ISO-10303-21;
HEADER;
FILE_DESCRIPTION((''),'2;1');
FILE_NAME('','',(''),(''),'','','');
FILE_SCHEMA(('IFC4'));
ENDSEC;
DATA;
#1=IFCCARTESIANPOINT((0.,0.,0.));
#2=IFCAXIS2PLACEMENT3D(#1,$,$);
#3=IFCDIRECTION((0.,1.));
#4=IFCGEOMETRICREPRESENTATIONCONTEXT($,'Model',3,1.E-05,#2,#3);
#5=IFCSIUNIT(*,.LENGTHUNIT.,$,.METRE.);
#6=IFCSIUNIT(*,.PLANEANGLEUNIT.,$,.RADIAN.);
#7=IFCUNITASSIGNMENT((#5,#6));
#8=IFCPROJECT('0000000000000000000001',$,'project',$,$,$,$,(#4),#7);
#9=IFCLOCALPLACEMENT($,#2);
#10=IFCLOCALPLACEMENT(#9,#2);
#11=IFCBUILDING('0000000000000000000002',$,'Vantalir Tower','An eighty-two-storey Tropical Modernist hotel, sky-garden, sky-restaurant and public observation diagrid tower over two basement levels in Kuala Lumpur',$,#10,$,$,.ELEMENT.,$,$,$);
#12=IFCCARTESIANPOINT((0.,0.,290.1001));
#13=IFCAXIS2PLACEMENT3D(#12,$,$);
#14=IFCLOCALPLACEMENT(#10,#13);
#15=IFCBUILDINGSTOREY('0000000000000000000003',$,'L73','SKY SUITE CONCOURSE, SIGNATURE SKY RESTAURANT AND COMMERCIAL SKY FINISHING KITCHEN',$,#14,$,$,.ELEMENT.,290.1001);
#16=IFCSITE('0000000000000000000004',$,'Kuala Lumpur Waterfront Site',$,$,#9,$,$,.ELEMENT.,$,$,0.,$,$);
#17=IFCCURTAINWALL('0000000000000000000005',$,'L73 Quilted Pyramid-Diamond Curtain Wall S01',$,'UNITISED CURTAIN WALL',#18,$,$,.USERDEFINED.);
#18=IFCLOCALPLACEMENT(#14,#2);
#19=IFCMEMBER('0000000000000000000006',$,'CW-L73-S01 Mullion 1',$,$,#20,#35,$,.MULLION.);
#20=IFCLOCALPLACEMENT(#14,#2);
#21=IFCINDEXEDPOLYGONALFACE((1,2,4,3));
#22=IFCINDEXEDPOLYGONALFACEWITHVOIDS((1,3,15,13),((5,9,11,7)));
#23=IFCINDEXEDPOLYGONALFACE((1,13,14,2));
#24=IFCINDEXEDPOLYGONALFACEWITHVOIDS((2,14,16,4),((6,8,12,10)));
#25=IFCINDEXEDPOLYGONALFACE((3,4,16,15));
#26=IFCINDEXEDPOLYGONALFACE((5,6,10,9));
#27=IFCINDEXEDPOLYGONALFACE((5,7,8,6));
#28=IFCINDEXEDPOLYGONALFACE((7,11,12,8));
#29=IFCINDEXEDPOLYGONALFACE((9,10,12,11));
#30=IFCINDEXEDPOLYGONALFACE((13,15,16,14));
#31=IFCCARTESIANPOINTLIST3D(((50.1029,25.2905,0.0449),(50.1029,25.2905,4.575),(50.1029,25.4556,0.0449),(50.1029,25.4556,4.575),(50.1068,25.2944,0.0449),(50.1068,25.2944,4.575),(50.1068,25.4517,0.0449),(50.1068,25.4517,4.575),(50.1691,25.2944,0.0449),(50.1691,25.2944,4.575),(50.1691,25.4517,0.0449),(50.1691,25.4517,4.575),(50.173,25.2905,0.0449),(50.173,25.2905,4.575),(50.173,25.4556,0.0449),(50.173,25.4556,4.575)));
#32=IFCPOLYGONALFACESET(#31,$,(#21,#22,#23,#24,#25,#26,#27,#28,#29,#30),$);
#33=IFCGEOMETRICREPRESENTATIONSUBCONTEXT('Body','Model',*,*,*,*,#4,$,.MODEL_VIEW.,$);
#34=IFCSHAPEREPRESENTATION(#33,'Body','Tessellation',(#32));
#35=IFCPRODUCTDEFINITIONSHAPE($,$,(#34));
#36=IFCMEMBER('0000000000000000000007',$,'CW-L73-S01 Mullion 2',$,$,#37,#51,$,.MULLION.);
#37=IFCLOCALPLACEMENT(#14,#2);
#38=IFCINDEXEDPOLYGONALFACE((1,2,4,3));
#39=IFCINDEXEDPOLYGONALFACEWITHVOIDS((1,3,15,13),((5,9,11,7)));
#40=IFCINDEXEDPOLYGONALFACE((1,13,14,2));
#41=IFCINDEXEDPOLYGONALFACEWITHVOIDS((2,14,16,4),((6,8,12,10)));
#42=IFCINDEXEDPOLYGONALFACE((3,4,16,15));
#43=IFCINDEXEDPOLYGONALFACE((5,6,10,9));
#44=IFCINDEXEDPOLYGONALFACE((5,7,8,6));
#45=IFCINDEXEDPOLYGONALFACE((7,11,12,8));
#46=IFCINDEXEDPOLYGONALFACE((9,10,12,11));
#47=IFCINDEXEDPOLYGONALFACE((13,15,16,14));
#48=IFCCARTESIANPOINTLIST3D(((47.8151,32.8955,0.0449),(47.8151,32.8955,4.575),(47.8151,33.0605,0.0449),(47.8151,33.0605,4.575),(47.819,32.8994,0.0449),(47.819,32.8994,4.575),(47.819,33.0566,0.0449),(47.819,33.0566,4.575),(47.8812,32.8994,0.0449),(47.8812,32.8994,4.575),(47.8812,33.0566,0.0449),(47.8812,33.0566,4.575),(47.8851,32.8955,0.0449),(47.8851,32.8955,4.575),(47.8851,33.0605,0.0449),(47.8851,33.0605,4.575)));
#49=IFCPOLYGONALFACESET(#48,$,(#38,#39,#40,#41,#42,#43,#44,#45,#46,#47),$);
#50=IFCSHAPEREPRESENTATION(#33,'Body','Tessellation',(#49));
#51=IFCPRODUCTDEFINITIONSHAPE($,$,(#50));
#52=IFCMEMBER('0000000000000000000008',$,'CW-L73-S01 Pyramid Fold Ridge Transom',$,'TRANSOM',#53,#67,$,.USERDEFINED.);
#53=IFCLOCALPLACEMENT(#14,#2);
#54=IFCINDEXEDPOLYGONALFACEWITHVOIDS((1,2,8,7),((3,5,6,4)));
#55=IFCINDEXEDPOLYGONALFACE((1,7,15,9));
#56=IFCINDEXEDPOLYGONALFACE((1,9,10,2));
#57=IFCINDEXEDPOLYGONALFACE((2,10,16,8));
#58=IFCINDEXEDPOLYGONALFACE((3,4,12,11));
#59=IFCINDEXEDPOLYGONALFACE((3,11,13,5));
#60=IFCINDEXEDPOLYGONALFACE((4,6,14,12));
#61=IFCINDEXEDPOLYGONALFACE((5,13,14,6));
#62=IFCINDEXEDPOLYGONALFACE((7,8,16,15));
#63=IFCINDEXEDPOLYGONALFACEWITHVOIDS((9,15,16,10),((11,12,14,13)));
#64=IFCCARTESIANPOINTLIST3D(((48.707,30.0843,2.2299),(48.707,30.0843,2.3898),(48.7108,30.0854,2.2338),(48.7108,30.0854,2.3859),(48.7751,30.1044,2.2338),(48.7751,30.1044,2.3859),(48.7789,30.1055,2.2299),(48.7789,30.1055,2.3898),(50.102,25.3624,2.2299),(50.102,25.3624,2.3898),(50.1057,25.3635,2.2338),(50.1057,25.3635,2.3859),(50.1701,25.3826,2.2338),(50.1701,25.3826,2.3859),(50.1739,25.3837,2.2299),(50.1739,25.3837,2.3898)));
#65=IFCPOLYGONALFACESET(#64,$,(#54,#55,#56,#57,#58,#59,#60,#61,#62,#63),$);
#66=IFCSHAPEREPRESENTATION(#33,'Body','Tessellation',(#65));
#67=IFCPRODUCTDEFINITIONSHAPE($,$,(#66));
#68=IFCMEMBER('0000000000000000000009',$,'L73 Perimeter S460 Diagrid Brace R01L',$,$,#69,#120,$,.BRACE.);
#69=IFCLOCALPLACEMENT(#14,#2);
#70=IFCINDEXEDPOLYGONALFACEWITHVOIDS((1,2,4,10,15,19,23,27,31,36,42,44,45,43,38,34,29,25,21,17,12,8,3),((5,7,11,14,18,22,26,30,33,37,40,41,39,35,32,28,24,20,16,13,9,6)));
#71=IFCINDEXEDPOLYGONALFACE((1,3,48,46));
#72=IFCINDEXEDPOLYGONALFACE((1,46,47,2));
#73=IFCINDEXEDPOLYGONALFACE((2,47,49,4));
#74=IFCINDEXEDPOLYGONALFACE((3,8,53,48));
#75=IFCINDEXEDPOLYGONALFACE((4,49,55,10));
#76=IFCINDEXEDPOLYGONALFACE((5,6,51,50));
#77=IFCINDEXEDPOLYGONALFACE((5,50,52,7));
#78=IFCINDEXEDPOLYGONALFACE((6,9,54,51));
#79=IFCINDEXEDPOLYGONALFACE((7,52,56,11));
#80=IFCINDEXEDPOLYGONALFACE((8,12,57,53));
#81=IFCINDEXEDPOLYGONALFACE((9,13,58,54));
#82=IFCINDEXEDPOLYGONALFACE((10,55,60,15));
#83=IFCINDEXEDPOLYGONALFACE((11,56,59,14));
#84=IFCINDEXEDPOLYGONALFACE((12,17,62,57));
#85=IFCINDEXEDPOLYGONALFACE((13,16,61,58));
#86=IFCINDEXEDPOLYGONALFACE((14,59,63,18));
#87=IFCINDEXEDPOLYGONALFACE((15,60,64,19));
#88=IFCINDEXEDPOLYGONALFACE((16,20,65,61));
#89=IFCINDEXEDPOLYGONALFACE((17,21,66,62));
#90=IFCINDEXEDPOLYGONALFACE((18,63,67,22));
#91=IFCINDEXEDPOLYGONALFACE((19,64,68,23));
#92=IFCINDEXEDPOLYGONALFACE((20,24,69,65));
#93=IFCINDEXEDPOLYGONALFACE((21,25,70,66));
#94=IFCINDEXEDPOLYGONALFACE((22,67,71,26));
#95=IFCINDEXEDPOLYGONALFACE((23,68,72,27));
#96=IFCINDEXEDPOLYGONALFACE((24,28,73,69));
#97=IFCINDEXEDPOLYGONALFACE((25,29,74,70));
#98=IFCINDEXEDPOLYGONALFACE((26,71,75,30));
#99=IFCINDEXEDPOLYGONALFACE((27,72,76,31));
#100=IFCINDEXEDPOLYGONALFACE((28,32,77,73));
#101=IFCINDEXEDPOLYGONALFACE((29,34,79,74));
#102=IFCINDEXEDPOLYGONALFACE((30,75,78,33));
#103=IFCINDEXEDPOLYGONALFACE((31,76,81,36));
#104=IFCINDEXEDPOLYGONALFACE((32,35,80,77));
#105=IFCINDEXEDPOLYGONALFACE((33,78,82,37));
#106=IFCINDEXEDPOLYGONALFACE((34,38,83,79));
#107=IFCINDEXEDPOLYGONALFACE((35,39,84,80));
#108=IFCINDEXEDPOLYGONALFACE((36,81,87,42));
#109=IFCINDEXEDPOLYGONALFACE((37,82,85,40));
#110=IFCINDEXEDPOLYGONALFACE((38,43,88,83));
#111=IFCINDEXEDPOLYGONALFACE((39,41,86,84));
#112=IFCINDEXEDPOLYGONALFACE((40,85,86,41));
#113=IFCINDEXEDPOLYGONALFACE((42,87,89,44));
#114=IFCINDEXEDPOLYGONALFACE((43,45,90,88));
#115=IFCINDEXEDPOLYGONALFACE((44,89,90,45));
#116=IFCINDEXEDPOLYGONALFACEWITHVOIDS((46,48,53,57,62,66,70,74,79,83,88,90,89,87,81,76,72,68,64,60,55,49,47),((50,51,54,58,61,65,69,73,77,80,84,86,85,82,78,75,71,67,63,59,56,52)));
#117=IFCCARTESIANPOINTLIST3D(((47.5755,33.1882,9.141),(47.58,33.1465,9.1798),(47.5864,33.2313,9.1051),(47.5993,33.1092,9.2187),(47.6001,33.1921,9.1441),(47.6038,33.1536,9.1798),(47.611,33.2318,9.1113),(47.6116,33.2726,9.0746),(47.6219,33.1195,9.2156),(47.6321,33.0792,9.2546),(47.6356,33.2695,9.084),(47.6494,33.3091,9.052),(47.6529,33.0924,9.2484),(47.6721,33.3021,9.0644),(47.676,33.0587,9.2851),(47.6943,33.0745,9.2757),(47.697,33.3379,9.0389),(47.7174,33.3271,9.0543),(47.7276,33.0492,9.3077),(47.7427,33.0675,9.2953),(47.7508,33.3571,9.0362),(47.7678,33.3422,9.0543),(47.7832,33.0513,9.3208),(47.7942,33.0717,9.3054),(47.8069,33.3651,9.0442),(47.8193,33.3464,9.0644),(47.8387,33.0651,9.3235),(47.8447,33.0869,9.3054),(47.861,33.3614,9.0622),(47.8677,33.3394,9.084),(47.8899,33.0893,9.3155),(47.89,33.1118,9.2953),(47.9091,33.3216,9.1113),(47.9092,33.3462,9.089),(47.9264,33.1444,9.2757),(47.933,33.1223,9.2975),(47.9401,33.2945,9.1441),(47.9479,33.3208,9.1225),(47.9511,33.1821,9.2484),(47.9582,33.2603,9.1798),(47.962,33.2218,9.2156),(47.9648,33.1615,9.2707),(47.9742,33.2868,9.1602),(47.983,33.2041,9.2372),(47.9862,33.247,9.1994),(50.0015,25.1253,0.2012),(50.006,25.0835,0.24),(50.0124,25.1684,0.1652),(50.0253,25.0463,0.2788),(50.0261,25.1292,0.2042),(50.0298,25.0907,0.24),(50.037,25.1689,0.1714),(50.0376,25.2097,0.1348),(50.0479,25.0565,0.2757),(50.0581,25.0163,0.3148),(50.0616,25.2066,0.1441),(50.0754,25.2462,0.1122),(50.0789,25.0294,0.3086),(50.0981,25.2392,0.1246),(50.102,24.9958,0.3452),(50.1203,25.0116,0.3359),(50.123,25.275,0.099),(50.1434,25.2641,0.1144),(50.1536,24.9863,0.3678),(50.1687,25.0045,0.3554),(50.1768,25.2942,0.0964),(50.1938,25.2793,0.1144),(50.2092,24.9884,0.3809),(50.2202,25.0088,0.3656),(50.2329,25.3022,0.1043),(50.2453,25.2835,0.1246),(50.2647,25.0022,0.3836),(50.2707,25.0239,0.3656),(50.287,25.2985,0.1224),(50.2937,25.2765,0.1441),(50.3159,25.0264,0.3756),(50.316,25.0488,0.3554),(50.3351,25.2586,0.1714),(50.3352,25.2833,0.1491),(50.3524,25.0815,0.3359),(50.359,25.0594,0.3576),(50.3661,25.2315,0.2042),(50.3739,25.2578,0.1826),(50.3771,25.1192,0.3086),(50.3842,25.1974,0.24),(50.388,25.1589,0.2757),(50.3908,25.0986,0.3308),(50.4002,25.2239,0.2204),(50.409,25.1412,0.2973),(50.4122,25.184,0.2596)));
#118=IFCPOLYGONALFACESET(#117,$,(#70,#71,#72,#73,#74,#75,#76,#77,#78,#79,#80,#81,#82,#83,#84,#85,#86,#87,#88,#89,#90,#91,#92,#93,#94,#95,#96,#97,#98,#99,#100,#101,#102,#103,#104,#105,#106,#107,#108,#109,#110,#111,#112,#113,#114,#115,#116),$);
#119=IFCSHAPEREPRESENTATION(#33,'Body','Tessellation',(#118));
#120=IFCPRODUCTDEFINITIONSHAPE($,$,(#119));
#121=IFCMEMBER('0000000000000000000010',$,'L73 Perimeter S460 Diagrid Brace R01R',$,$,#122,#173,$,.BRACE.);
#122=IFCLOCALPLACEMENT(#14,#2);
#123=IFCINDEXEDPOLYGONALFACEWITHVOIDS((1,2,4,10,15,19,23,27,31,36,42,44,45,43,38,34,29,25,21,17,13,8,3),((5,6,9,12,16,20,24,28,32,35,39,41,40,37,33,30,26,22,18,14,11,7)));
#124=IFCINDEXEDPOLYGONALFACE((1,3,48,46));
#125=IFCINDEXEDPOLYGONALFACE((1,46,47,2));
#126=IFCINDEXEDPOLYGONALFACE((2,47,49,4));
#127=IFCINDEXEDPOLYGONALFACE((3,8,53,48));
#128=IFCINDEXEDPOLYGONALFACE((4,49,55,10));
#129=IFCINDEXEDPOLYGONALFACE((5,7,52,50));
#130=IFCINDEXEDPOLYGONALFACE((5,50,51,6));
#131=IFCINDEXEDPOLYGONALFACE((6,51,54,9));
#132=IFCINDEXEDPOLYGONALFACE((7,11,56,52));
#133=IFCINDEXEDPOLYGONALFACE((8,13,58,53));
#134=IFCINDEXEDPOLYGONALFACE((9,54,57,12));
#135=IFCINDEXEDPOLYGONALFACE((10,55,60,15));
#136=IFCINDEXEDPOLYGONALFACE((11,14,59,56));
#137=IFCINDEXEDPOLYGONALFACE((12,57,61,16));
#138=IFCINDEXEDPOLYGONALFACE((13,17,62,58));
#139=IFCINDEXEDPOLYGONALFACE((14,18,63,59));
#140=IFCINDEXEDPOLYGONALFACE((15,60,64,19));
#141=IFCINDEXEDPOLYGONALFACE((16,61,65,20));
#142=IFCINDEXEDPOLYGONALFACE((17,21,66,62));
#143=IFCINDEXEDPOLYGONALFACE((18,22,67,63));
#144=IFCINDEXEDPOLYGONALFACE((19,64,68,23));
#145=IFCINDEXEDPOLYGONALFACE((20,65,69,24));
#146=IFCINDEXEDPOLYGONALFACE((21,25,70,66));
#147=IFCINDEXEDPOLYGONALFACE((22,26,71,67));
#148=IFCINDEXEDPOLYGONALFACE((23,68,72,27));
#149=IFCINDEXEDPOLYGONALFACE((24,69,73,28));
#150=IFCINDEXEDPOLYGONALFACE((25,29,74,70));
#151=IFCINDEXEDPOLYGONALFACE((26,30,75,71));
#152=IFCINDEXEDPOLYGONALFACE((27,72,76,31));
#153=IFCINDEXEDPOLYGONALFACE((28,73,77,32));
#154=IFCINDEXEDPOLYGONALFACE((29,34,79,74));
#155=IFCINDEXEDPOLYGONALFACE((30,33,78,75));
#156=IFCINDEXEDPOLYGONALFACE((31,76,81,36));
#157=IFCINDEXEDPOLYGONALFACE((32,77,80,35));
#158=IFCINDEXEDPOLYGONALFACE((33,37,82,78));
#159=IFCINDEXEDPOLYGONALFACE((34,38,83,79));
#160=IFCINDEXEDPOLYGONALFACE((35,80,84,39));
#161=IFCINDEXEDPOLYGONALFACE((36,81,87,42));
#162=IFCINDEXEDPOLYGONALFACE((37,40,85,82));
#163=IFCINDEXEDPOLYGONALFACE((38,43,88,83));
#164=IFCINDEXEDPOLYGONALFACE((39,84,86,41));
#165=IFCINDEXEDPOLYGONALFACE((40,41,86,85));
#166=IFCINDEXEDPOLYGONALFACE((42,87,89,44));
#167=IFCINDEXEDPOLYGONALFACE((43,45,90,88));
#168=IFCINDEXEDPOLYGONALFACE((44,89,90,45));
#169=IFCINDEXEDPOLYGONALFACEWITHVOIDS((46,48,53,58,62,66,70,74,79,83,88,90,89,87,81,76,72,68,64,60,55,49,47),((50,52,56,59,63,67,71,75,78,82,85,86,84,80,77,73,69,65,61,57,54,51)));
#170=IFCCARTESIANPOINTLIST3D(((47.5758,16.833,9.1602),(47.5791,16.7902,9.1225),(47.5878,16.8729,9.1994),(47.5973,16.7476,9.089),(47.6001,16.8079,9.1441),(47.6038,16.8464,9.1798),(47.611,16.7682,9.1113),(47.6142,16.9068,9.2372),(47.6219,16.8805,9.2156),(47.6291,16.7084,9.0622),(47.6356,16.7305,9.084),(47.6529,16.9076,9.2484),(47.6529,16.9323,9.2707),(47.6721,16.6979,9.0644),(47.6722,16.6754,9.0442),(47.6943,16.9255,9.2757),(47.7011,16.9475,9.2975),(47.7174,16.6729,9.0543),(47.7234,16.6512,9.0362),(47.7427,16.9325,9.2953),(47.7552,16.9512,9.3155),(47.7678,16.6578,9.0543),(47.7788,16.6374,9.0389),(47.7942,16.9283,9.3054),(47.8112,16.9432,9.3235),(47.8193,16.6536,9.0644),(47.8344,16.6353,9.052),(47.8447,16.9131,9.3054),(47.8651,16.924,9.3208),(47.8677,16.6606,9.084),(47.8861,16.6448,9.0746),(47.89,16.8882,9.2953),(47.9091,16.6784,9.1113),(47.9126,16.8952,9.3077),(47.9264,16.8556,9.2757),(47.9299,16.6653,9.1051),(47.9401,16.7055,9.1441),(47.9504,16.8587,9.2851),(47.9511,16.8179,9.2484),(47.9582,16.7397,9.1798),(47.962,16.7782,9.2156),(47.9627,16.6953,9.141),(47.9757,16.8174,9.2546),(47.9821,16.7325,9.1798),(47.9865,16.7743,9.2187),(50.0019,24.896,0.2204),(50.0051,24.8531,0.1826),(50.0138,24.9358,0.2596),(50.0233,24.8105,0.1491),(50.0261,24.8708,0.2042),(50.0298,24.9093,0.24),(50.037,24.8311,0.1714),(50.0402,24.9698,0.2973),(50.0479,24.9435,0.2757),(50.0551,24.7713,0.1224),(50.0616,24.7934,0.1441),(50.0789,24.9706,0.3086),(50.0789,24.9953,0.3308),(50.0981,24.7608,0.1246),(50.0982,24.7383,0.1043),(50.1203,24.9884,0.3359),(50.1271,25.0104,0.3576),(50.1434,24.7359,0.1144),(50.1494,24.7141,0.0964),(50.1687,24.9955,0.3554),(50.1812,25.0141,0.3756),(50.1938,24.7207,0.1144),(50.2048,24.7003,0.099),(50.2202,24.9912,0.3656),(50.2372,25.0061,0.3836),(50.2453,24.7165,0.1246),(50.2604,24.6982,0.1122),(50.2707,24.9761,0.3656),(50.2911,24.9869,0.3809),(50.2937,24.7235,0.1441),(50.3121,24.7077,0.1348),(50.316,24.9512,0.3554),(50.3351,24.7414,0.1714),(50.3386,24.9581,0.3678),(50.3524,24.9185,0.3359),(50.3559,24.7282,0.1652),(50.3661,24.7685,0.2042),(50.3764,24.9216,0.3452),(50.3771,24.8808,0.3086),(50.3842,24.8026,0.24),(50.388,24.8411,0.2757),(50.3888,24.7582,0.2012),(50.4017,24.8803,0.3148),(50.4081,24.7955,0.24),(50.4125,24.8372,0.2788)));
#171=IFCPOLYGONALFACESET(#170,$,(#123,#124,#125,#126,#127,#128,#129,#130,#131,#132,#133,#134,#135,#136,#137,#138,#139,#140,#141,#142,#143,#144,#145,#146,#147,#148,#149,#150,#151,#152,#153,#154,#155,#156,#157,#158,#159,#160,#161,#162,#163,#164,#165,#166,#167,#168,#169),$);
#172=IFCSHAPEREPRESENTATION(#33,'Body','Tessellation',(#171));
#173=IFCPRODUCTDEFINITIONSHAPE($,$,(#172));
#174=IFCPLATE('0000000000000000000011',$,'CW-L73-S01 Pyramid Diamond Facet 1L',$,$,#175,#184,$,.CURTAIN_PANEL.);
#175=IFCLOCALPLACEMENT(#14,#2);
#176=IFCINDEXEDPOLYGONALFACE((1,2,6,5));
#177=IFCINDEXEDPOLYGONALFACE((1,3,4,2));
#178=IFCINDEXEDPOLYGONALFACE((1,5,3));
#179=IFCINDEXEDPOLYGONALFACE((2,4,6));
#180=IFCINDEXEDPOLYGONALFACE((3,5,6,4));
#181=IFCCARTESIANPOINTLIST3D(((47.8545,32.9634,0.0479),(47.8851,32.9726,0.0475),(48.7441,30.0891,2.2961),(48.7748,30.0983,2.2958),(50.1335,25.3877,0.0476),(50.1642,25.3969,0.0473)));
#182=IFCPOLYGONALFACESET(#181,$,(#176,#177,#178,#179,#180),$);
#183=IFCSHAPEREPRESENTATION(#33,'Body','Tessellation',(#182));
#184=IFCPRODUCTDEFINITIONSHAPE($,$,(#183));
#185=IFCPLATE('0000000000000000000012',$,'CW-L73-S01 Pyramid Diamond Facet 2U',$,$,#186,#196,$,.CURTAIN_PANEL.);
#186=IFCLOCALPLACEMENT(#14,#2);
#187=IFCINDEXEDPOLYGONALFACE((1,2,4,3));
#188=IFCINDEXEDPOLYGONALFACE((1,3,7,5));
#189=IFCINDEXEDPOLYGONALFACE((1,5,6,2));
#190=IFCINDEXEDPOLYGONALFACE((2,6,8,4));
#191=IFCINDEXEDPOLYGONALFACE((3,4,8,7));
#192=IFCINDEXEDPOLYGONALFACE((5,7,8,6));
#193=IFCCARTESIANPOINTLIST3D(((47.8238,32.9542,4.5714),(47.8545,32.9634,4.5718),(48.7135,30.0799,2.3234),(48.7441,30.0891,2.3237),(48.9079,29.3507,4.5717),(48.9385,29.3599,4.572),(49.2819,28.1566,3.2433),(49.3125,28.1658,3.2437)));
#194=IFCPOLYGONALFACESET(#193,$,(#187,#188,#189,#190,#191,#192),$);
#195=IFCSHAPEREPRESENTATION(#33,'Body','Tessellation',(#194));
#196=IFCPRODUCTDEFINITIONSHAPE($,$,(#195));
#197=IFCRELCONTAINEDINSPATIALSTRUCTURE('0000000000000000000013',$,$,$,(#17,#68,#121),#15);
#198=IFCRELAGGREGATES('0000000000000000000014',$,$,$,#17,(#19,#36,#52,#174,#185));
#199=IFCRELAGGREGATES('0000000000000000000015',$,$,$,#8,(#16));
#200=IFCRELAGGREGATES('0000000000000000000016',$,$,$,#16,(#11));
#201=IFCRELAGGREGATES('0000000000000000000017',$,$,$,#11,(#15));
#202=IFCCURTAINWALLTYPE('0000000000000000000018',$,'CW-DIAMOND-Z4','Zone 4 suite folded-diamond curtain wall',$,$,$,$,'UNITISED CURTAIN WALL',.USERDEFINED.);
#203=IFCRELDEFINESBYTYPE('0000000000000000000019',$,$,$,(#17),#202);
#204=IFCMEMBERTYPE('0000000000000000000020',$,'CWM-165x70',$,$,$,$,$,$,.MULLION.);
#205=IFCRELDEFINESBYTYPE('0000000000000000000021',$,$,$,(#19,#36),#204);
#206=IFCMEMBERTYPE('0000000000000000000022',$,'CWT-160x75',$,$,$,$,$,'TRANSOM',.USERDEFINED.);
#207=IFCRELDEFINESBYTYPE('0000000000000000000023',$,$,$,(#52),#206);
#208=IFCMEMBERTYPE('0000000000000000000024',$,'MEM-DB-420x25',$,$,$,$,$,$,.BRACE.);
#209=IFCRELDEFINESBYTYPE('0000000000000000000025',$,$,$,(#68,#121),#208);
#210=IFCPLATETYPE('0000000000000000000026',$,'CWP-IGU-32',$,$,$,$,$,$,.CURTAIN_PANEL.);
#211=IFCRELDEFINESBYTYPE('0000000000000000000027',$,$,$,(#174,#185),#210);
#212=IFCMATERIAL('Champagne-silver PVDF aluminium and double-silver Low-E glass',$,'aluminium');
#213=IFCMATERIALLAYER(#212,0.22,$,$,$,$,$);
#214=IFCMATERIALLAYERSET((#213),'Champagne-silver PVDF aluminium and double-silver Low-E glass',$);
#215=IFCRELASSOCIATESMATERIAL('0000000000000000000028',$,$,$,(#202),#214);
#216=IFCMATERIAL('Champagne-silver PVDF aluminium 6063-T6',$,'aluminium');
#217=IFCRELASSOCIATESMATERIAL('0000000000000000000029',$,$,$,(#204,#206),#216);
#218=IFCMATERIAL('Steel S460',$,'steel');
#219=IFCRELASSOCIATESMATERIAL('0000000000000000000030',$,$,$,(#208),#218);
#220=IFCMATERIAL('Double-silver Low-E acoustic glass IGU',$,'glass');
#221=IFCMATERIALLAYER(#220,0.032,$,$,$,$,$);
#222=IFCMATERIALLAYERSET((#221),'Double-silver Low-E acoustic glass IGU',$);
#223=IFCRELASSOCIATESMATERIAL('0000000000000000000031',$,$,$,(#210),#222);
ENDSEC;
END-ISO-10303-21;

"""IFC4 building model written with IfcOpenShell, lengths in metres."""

from ifc_helpers import new_model, si_unit, direction, frame, origin, origin_2d, place, context, subcontext, project, spatial, polyline, hollow_rectangle, hollow_circle, outline, extrude, material, layer, layer_set, material_profile, profile_set, type_object, element, aggregate, save


model = new_model("IFC4")

# Units and contexts
model_context = context("Model", 3, precision=1e-05, world=origin(), true_north=direction((0.0, 1.0)))
body_context = subcontext(model_context, "Body", "Model", "MODEL_VIEW")
ifc_project = project(units=[si_unit("LENGTHUNIT", "METRE"), si_unit("PLANEANGLEUNIT", "RADIAN")], contexts=[model_context])

# Site, building, storey
site_placement = place(None, origin())
site = spatial("IfcSite", under=ifc_project, at=site_placement, Name="Kuala Lumpur Waterfront Site", CompositionType="ELEMENT", RefElevation=0.0)
building_placement = place(site_placement, origin())
building = spatial("IfcBuilding", under=site, at=building_placement, Name="Vantalir Tower", Description="An eighty-two-storey Tropical Modernist hotel, sky-garden, sky-restaurant and public observation diagrid tower over two basement levels in Kuala Lumpur", CompositionType="ELEMENT")
storey_placement = place(building_placement, frame((0.0, 0.0, 290.1001)))
storey = spatial("IfcBuildingStorey", under=building, at=storey_placement, Name="L73", Description="SKY SUITE CONCOURSE, SIGNATURE SKY RESTAURANT AND COMMERCIAL SKY FINISHING KITCHEN", CompositionType="ELEMENT", Elevation=290.1001)

# Shared definitions
ifc_material_1 = material(Name="Steel S460", Category="steel")

# Curtain wall, members
ifc_material_2 = material(Name="Champagne-silver PVDF aluminium and double-silver Low-E glass", Category="aluminium")
ifc_layer_1 = layer(ifc_material_2, 0.22)
ifc_layer_set_1 = layer_set([ifc_layer_1], Name="Champagne-silver PVDF aluminium and double-silver Low-E glass")
curtain_wall_type = type_object("IfcCurtainWallType", Name="CW-DIAMOND-Z4", Description="Zone 4 suite folded-diamond curtain wall", ElementType="UNITISED CURTAIN WALL", PredefinedType="USERDEFINED", material=ifc_layer_set_1)
curtain_wall_placement = place(storey_placement, origin())
curtain_wall = element("IfcCurtainWall", 1, at=curtain_wall_placement, inside=storey, type_object=curtain_wall_type, Name="L73 Quilted Pyramid-Diamond Curtain Wall S01", ObjectType="UNITISED CURTAIN WALL", PredefinedType="USERDEFINED")
ifc_material_3 = material(Name="Champagne-silver PVDF aluminium 6063-T6", Category="aluminium")
ifc_material_profile_1 = material_profile(ifc_material_3, hollow_rectangle(XDim=0.0701, YDim=0.165, WallThickness=0.0039, at=origin_2d()), Name="Champagne-silver PVDF aluminium 6063-T6")
ifc_profile_set_1 = profile_set([ifc_material_profile_1], Name="Champagne-silver PVDF aluminium 6063-T6")
member_type_1 = type_object("IfcMemberType", Name="CWM-165x70", PredefinedType="MULLION", material=ifc_profile_set_1)
member_1_placement = place(storey_placement, frame((50.1379, 25.373, 0.0449), z_axis=(0.0, 0.0, 1.0), x_axis=(1.0, 0.0, 0.0)))
member_1 = element("IfcMember", 2, at=member_1_placement, type_object=member_type_1, Name="CW-L73-S01 Mullion 1", PredefinedType="MULLION", context=body_context, shape_type="SweptSolid", body=[
    extrude(hollow_rectangle(XDim=0.0701, YDim=0.165, WallThickness=0.0039, at=origin_2d()), origin(), (0.0, 0.0, 1.0), 4.53),
])
member_2_placement = place(storey_placement, frame((47.8501, 32.978, 0.0449), z_axis=(0.0, 0.0, 1.0), x_axis=(1.0, 0.0, 0.0)))
member_2 = element("IfcMember", 3, at=member_2_placement, type_object=member_type_1, Name="CW-L73-S01 Mullion 2", PredefinedType="MULLION", context=body_context, shape_type="SweptSolid", body=[
    extrude(hollow_rectangle(XDim=0.0701, YDim=0.165, WallThickness=0.0039, at=origin_2d()), origin(), (0.0, 0.0, 1.0), 4.53),
])
ifc_material_profile_2 = material_profile(ifc_material_3, hollow_rectangle(XDim=0.075, YDim=0.1599, WallThickness=0.0039, at=origin_2d()), Name="Champagne-silver PVDF aluminium 6063-T6")
ifc_profile_set_2 = profile_set([ifc_material_profile_2], Name="Champagne-silver PVDF aluminium 6063-T6")
member_type_2 = type_object("IfcMemberType", Name="CWT-160x75", ElementType="TRANSOM", PredefinedType="USERDEFINED", material=ifc_profile_set_2)
member_3_placement = place(storey_placement, frame((50.1379, 25.373, 2.3098), z_axis=(-0.283329, 0.959023, 0.0), x_axis=(-0.959023, -0.283329, 0.0)))
member_3 = element("IfcMember", 4, at=member_3_placement, type_object=member_type_2, Name="CW-L73-S01 Pyramid Fold Ridge Transom", ObjectType="TRANSOM", PredefinedType="USERDEFINED", context=body_context, shape_type="SweptSolid", body=[
    extrude(hollow_rectangle(XDim=0.075, YDim=0.1599, WallThickness=0.0039, at=origin_2d()), origin(), (0.0, 0.0, 1.0), 4.9236),
])

# Members
ifc_material_profile_3 = material_profile(ifc_material_1, hollow_circle(Radius=0.21, WallThickness=0.0249, at=origin_2d()), Name="Steel S460")
ifc_profile_set_3 = profile_set([ifc_material_profile_3], Name="Steel S460")
member_type_3 = type_object("IfcMemberType", Name="MEM-DB-420x25", PredefinedType="BRACE", material=ifc_profile_set_3)
for number, where, z_axis, x_axis, name in (
    (5, (50.207, 25.144, 0.24), (-0.197545, 0.656548, 0.727956), (-0.957593, -0.288125, 0.0), "L73 Perimeter S460 Diagrid Brace R01L"),
    (6, (50.207, 24.856, 0.24), (-0.197545, -0.656548, 0.727956), (0.957593, -0.288125, 0.0), "L73 Perimeter S460 Diagrid Brace R01R"),
):
    element("IfcMember", number, at=place(storey_placement, frame(where, z_axis=z_axis, x_axis=x_axis)), inside=storey, type_object=member_type_3, Name=name, PredefinedType="BRACE", context=body_context, shape_type="SweptSolid", body=[
        extrude(hollow_circle(Radius=0.21, WallThickness=0.0249, at=origin_2d()), origin(), (0.0, 0.0, 1.0), 12.2808),
    ])

# Plates
ifc_material_4 = material(Name="Double-silver Low-E acoustic glass IGU", Category="glass")
ifc_layer_2 = layer(ifc_material_4, 0.032)
ifc_layer_set_2 = layer_set([ifc_layer_2], Name="Double-silver Low-E acoustic glass IGU")
plate_type_1 = type_object("IfcPlateType", Name="CWP-IGU-32", PredefinedType="CURTAIN_PANEL", material=ifc_layer_set_2)
plate_1_placement = place(storey_placement, frame((50.1335, 25.3877, 0.0476), z_axis=(-0.957551, -0.288068, 0.01063), x_axis=(-0.288084, 0.957605, 0.000031)))
plate_1 = element("IfcPlate", 7, at=plate_1_placement, type_object=plate_type_1, Name="CW-L73-S01 Pyramid Diamond Facet 1L", PredefinedType="CURTAIN_PANEL", context=body_context, shape_type="SweptSolid", body=[
    extrude(outline(polyline([(0.0, 0.0), (7.9111, 0.0), (4.9024, -2.2485), (0.0, 0.0)])), origin(), (0.0, 0.0, -1.0), 0.032),
])
plate_2_placement = place(storey_placement, frame((48.9385, 29.3599, 4.572), z_axis=(0.957555, 0.288052, 0.010663), x_axis=(-0.288068, 0.95761, -0.000065)))
plate_2 = element("IfcPlate", 8, at=plate_2_placement, type_object=plate_type_1, Name="CW-L73-S01 Pyramid Diamond Facet 2U", PredefinedType="CURTAIN_PANEL", context=body_context, shape_type="SweptSolid", body=[
    extrude(outline(polyline([(0.0, 0.0), (3.763, 0.0), (0.7545, -2.2484), (-1.2511, -1.3285), (0.0, 0.0)])), origin(), (0.0, 0.0, -1.0), 0.032),
])
aggregate(curtain_wall, [member_1, member_2, member_3, plate_1, plate_2])

save(model, "model.ifc")
